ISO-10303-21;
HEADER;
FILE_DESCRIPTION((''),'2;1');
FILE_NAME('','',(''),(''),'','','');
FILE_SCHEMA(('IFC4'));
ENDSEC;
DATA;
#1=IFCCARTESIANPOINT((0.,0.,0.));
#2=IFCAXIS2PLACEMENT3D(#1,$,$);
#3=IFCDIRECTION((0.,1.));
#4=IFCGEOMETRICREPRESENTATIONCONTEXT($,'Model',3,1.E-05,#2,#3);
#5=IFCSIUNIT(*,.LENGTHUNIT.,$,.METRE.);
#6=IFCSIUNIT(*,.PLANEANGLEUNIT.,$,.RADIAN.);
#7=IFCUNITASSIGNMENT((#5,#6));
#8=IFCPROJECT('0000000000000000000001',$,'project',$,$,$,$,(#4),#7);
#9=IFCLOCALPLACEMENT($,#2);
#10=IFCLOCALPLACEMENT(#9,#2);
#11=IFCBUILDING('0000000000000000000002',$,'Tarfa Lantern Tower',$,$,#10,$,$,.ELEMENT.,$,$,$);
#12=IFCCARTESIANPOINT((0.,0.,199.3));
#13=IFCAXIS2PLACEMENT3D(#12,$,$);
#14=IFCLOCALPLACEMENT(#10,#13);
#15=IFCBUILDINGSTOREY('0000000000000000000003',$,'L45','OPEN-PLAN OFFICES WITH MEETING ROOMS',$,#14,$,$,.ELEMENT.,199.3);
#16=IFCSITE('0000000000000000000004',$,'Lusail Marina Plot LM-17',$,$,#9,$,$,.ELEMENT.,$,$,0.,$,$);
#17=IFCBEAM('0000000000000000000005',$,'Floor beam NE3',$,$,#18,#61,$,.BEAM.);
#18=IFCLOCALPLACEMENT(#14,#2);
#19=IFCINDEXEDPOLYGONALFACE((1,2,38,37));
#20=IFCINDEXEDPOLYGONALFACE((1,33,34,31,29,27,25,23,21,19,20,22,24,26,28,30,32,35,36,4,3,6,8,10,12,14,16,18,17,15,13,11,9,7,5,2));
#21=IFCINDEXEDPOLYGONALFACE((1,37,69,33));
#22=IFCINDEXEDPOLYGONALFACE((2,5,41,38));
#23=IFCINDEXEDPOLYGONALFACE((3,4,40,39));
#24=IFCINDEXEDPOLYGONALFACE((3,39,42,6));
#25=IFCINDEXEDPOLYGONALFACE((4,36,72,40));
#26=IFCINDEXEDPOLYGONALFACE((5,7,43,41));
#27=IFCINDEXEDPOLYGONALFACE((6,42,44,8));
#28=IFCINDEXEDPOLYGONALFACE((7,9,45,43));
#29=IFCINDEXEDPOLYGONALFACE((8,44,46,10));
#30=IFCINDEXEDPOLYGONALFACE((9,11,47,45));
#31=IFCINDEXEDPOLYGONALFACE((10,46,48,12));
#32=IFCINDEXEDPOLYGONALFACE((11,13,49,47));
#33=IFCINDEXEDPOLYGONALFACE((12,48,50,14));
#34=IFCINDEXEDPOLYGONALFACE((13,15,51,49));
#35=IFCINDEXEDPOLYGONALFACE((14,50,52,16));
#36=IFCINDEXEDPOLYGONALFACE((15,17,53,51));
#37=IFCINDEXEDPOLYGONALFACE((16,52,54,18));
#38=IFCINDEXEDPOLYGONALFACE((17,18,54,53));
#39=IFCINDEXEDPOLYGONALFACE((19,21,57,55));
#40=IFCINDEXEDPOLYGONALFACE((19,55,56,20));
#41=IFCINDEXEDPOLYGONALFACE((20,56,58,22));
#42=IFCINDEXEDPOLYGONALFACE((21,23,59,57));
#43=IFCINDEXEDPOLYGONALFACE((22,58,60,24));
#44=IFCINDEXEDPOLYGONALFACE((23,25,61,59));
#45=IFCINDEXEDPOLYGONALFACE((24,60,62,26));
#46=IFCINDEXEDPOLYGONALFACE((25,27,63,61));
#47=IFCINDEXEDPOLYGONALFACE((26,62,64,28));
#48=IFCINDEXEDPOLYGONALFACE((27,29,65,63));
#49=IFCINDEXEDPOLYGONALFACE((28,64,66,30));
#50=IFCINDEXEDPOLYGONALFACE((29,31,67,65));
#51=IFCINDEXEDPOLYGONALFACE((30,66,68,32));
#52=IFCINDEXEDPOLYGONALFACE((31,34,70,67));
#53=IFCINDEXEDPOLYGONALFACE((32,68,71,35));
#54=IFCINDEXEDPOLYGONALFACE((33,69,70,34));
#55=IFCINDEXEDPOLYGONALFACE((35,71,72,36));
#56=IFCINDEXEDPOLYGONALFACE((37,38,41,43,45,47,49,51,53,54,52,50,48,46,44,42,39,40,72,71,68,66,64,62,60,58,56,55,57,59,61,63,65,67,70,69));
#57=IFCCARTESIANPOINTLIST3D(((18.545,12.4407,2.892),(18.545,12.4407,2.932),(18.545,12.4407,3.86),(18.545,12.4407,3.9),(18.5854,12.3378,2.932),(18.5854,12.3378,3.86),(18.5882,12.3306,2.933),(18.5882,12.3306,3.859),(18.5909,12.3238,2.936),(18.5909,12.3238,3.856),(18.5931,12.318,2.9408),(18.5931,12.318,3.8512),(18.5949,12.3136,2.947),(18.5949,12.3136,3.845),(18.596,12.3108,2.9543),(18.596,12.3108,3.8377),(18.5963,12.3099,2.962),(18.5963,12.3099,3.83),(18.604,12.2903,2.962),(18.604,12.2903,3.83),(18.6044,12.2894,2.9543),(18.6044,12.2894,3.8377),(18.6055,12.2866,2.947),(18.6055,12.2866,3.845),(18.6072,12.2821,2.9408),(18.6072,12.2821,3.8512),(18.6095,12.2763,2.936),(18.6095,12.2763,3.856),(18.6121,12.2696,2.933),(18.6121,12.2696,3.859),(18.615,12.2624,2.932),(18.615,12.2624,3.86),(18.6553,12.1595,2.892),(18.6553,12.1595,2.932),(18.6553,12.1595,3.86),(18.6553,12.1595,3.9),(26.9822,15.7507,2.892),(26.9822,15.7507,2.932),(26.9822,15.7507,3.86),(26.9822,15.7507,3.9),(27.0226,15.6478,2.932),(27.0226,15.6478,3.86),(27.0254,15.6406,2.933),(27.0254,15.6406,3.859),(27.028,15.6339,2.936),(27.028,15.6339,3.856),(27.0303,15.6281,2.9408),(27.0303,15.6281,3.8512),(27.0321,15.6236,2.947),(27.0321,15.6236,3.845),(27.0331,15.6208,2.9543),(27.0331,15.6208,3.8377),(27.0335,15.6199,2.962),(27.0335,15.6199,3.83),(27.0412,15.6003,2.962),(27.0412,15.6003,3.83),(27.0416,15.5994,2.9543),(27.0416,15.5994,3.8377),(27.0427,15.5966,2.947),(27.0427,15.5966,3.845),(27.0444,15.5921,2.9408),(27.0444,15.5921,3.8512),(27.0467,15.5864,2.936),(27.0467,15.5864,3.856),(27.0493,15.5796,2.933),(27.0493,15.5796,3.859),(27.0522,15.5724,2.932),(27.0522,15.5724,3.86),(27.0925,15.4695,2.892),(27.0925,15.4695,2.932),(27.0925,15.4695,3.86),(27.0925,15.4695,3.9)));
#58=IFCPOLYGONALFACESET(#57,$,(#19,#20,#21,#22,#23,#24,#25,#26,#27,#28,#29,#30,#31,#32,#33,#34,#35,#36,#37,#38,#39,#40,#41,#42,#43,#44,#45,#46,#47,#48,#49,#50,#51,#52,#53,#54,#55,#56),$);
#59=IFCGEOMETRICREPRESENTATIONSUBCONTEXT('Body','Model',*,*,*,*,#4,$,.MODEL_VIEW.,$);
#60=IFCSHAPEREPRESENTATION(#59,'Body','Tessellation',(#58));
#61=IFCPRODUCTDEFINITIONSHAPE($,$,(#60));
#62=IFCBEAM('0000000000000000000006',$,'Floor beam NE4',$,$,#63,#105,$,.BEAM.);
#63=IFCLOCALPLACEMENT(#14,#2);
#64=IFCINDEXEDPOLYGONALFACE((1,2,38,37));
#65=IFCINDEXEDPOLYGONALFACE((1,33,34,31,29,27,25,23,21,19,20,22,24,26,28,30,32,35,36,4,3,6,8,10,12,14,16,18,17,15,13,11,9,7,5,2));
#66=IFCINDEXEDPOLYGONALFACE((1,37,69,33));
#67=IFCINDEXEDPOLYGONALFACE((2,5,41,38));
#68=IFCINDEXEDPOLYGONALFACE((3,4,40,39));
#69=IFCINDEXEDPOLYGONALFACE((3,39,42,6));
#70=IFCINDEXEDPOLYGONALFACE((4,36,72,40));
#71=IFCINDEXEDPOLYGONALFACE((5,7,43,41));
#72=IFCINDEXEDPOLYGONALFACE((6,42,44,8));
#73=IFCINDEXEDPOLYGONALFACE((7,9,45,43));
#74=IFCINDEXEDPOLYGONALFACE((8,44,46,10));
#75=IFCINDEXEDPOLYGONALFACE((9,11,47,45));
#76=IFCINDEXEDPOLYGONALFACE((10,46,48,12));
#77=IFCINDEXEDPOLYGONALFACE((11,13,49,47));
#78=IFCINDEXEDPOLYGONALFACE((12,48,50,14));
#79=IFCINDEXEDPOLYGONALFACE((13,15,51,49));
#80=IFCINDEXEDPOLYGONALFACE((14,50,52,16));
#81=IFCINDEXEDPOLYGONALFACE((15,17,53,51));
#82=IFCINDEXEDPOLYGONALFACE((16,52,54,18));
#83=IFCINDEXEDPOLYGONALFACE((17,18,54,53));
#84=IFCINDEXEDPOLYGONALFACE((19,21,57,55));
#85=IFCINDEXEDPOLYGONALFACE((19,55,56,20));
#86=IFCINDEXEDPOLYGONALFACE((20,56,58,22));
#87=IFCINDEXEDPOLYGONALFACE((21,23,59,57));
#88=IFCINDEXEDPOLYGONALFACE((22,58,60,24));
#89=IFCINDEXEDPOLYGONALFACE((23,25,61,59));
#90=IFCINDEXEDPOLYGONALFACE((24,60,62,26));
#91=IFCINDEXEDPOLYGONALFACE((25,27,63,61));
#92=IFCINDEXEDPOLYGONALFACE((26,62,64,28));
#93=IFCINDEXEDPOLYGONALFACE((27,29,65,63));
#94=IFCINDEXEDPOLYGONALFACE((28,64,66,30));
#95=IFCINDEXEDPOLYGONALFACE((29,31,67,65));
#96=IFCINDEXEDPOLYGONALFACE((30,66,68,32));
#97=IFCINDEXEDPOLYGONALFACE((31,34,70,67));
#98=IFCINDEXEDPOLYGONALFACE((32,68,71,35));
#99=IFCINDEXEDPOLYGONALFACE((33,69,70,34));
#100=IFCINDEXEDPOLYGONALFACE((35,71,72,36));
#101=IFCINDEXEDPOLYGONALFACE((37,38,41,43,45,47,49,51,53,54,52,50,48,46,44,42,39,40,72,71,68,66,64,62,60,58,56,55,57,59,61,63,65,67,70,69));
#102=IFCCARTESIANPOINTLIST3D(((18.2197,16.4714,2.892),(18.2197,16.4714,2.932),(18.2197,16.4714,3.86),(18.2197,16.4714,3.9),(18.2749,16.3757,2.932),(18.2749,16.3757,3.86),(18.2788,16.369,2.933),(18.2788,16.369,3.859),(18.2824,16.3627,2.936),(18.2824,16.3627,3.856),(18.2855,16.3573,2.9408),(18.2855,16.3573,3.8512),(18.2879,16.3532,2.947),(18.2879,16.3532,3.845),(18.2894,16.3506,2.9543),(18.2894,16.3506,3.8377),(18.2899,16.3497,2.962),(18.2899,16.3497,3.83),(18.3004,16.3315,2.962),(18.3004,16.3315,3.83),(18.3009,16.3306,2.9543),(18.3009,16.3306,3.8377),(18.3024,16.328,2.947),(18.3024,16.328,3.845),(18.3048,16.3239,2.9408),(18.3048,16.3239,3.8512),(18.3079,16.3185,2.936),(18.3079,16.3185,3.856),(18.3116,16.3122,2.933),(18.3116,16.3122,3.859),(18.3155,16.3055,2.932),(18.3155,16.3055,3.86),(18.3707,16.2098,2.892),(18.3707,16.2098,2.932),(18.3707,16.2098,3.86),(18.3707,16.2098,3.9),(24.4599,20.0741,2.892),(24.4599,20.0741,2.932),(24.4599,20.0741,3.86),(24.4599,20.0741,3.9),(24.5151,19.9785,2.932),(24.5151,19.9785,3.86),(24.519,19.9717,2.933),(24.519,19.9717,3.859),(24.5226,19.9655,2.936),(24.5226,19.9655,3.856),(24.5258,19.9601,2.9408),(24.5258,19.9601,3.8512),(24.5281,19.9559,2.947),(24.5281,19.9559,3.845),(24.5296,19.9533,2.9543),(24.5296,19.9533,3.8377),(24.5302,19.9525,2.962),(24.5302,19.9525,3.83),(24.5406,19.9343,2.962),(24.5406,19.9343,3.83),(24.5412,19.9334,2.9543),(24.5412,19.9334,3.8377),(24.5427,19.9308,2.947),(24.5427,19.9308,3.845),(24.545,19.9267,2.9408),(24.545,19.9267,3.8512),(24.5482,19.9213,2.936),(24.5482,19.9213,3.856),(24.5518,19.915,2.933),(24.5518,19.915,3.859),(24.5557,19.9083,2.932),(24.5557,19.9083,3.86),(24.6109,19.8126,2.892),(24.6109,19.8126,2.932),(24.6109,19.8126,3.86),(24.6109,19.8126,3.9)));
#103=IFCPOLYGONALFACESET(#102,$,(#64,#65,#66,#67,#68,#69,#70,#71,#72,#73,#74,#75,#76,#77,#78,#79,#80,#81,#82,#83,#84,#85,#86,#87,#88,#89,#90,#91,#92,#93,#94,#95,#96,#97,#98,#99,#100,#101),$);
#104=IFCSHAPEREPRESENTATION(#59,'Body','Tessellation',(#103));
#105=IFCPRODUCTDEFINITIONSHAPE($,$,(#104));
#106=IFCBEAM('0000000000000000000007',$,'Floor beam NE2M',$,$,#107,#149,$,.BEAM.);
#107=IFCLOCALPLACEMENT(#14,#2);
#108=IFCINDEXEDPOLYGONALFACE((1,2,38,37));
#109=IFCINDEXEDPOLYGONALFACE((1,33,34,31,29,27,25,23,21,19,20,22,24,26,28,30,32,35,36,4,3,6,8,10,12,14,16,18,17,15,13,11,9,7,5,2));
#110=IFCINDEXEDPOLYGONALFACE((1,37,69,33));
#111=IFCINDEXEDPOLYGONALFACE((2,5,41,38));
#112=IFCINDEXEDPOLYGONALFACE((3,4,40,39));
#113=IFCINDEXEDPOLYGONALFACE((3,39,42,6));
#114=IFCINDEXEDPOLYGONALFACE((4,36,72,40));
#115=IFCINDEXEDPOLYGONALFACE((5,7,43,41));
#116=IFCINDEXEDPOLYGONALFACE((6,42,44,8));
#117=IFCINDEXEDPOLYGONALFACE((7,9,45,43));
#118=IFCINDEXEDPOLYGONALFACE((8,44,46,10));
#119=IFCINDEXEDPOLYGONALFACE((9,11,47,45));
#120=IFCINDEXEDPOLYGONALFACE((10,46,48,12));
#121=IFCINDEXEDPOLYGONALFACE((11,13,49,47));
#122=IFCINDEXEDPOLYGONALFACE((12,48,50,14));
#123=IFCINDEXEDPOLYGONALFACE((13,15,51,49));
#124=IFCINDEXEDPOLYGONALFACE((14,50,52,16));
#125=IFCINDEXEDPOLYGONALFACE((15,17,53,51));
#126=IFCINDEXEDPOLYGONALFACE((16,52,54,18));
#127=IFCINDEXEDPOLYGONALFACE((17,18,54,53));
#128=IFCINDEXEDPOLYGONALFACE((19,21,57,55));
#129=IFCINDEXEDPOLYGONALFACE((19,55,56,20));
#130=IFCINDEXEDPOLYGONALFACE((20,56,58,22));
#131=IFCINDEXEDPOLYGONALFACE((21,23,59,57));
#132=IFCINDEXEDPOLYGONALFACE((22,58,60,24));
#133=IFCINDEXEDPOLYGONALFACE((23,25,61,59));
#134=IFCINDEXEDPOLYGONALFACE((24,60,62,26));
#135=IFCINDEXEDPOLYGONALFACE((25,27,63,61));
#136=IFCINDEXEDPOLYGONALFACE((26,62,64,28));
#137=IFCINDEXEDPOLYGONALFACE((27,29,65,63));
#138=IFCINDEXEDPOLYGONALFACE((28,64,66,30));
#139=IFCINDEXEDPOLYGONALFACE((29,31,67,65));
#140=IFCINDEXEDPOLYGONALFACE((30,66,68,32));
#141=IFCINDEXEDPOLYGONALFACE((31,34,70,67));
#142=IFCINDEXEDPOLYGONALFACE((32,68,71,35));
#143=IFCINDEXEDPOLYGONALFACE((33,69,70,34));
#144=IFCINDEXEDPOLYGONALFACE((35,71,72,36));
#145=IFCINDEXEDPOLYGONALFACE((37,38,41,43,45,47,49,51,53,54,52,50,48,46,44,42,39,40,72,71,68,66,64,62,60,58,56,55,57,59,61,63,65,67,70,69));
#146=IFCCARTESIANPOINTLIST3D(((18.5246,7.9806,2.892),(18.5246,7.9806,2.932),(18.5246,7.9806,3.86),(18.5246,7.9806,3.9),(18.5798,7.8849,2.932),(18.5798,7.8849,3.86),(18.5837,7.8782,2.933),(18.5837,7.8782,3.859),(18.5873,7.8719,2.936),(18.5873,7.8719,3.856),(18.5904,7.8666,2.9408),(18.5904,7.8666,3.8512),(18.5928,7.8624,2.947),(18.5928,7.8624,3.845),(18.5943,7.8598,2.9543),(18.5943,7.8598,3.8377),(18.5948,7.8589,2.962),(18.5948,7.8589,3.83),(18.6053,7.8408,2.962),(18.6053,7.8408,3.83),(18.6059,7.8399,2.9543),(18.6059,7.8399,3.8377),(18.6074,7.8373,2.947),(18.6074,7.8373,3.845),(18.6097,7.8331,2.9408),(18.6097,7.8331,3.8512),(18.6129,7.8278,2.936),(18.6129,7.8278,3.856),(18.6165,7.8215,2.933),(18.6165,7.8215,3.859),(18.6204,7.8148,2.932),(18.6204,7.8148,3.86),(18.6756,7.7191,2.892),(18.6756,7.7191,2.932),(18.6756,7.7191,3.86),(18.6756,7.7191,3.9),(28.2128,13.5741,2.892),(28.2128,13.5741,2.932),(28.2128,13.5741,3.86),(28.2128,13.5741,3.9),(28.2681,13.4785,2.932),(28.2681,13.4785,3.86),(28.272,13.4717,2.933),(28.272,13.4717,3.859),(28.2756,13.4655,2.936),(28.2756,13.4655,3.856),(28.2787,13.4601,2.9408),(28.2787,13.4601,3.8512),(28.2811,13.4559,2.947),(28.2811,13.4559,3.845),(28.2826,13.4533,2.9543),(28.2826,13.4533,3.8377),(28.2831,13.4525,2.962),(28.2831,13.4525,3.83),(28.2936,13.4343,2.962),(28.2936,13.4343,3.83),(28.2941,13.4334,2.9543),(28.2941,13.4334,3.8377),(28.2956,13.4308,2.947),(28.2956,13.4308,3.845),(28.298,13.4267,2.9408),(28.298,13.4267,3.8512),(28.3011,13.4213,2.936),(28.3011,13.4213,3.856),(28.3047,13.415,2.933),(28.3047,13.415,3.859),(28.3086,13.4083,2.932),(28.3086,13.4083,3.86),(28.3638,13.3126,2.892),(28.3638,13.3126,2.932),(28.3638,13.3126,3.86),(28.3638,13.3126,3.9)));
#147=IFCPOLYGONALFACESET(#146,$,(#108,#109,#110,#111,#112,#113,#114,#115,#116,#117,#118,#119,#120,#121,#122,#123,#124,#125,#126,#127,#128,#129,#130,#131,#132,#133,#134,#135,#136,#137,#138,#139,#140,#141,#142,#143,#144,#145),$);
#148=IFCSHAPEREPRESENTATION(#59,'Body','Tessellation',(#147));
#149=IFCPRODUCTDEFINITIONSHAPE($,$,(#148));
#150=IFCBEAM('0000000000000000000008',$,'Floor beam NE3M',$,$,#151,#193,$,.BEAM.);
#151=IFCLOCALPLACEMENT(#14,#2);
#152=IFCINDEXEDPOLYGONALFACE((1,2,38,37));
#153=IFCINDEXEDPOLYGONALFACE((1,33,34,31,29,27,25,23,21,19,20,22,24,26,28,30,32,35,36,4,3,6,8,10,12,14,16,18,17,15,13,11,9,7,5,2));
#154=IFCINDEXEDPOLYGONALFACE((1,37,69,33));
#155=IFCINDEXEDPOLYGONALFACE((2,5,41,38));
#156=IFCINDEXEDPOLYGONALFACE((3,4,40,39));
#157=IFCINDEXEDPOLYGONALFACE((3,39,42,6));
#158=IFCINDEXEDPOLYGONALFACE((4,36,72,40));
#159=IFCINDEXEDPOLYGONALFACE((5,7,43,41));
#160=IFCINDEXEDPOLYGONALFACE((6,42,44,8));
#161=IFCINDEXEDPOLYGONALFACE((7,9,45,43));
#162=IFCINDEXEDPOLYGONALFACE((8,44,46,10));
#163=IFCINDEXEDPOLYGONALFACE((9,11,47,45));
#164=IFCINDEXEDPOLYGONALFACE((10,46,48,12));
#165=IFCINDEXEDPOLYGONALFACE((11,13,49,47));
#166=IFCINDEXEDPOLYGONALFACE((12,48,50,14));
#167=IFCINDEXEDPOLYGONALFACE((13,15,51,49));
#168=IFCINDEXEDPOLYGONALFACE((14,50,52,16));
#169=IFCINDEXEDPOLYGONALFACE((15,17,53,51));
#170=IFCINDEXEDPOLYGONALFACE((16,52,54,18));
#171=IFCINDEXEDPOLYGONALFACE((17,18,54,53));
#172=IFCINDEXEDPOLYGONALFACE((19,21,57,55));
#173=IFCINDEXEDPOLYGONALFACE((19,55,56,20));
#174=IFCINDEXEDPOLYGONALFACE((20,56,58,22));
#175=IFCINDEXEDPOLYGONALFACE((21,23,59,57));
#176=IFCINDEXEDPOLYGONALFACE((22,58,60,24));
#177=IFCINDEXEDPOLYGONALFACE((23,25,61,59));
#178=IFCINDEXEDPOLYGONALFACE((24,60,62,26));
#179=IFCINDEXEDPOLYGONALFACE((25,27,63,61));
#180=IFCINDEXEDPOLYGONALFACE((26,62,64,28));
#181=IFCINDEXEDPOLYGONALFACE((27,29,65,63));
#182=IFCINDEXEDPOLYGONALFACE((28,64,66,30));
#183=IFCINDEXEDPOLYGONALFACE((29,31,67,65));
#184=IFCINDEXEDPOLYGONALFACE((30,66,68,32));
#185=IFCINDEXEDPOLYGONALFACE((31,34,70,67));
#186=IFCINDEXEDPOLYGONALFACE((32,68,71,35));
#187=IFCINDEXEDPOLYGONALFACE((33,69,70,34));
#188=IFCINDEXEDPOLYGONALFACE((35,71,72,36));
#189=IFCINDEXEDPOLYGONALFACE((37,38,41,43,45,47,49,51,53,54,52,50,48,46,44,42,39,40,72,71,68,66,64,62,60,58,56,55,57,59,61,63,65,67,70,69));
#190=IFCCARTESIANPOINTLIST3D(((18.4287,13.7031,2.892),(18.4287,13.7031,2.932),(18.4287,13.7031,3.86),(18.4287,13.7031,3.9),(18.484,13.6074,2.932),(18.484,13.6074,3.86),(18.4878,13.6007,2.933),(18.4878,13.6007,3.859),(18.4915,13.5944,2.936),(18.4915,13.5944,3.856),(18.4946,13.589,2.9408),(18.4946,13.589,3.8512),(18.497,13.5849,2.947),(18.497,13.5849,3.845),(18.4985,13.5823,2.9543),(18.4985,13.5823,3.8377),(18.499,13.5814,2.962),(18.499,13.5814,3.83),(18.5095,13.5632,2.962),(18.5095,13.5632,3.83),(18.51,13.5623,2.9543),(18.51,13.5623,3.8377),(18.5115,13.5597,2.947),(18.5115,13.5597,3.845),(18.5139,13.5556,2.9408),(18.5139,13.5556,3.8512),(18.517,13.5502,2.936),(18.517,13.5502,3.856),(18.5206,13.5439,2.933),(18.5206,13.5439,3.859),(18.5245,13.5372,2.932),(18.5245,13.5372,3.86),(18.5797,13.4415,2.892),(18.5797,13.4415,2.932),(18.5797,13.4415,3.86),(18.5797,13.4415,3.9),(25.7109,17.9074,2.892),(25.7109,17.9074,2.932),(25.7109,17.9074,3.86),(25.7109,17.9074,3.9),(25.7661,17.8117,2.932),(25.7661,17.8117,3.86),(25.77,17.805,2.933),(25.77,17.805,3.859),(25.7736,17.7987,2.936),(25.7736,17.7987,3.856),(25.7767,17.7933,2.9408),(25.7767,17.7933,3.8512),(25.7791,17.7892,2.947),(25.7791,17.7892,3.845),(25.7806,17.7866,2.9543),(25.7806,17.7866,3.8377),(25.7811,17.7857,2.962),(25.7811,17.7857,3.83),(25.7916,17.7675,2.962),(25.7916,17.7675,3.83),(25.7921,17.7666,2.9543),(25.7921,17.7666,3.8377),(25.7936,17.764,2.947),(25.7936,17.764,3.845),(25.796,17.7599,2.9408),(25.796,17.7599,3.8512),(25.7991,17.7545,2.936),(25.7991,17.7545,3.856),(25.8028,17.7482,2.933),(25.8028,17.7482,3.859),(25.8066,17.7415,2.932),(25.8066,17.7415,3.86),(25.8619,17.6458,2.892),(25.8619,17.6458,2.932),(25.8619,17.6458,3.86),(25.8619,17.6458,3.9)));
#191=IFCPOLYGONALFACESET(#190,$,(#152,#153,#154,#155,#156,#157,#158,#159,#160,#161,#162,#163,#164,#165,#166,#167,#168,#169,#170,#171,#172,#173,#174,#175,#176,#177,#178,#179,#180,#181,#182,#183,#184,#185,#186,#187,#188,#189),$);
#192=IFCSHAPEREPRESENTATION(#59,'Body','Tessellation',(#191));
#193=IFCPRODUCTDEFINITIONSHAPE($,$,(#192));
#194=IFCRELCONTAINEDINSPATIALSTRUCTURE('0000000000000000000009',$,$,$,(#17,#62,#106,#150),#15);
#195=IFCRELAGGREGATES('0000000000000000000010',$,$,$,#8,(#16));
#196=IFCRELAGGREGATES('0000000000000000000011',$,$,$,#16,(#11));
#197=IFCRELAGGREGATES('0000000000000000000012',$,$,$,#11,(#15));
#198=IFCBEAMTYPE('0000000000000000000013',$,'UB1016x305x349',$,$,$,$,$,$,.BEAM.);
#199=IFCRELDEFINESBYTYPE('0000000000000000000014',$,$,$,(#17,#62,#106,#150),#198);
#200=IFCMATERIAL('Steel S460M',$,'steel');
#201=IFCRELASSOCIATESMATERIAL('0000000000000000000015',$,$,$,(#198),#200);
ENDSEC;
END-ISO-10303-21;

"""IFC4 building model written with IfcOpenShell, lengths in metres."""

from ifc_helpers import new_model, si_unit, direction, frame, origin, origin_2d, place, context, subcontext, project, spatial, i_section, extrude, material, material_profile, profile_set, type_object, element, save


model = new_model("IFC4")

# Units and contexts
model_context = context("Model", 3, precision=1e-05, world=origin(), true_north=direction((0.0, 1.0)))
body_context = subcontext(model_context, "Body", "Model", "MODEL_VIEW")
ifc_project = project(units=[si_unit("LENGTHUNIT", "METRE"), si_unit("PLANEANGLEUNIT", "RADIAN")], contexts=[model_context])

# Site, building, storey
site_placement = place(None, origin())
site = spatial("IfcSite", under=ifc_project, at=site_placement, Name="Lusail Marina Plot LM-17", CompositionType="ELEMENT", RefElevation=0.0)
building_placement = place(site_placement, origin())
building = spatial("IfcBuilding", under=site, at=building_placement, Name="Tarfa Lantern Tower", CompositionType="ELEMENT")
storey_placement = place(building_placement, frame((0.0, 0.0, 199.3)))
storey = spatial("IfcBuildingStorey", under=building, at=storey_placement, Name="L45", Description="OPEN-PLAN OFFICES WITH MEETING ROOMS", CompositionType="ELEMENT", Elevation=199.3)

# Beams
ifc_material_1 = material(Name="Steel S460M", Category="steel")
ifc_material_profile_1 = material_profile(ifc_material_1, i_section(OverallWidth=0.302, OverallDepth=1.0081, WebThickness=0.021, FlangeThickness=0.04, FilletRadius=0.03, at=origin_2d()), Name="UB1016x305x349")
ifc_profile_set_1 = profile_set([ifc_material_profile_1], Name="Steel S460M")
beam_type_1 = type_object("IfcBeamType", Name="UB1016x305x349", PredefinedType="BEAM", material=ifc_profile_set_1)
beam_1_placement = place(storey_placement, frame((27.0374, 15.6101, 3.396), z_axis=(-0.930923, -0.365215, 0.0), x_axis=(0.365215, -0.930923, 0.0)))
element("IfcBeam", 1, at=beam_1_placement, inside=storey, type_object=beam_type_1, Name="Floor beam NE3", PredefinedType="BEAM", context=body_context, shape_type="SweptSolid", body=[
    extrude(i_section(OverallWidth=0.302, OverallDepth=1.0081, WebThickness=0.021, FlangeThickness=0.04, FilletRadius=0.03, at=origin_2d()), origin(), (0.0, 0.0, 1.0), 9.0632),
])
beam_2_placement = place(storey_placement, frame((24.5354, 19.9434, 3.396), z_axis=(-0.866026, -0.499998, 0.0), x_axis=(0.499998, -0.866026, 0.0)))
element("IfcBeam", 2, at=beam_2_placement, inside=storey, type_object=beam_type_1, Name="Floor beam NE4", PredefinedType="BEAM", context=body_context, shape_type="SweptSolid", body=[
    extrude(i_section(OverallWidth=0.302, OverallDepth=1.0081, WebThickness=0.021, FlangeThickness=0.04, FilletRadius=0.03, at=origin_2d()), origin(), (0.0, 0.0, 1.0), 7.2056),
])
beam_3_placement = place(storey_placement, frame((28.2883, 13.4434, 3.396), z_axis=(-0.866025, -0.5, 0.0), x_axis=(0.5, -0.866025, 0.0)))
element("IfcBeam", 3, at=beam_3_placement, inside=storey, type_object=beam_type_1, Name="Floor beam NE2M", PredefinedType="BEAM", context=body_context, shape_type="SweptSolid", body=[
    extrude(i_section(OverallWidth=0.302, OverallDepth=1.0081, WebThickness=0.021, FlangeThickness=0.04, FilletRadius=0.03, at=origin_2d()), origin(), (0.0, 0.0, 1.0), 11.187),
])
beam_4_placement = place(storey_placement, frame((25.7864, 17.7766, 3.396), z_axis=(-0.866028, -0.499996, 0.0), x_axis=(0.499996, -0.866028, 0.0)))
element("IfcBeam", 4, at=beam_4_placement, inside=storey, type_object=beam_type_1, Name="Floor beam NE3M", PredefinedType="BEAM", context=body_context, shape_type="SweptSolid", body=[
    extrude(i_section(OverallWidth=0.302, OverallDepth=1.0081, WebThickness=0.021, FlangeThickness=0.04, FilletRadius=0.03, at=origin_2d()), origin(), (0.0, 0.0, 1.0), 8.4087),
])

save(model, "model.ifc")
